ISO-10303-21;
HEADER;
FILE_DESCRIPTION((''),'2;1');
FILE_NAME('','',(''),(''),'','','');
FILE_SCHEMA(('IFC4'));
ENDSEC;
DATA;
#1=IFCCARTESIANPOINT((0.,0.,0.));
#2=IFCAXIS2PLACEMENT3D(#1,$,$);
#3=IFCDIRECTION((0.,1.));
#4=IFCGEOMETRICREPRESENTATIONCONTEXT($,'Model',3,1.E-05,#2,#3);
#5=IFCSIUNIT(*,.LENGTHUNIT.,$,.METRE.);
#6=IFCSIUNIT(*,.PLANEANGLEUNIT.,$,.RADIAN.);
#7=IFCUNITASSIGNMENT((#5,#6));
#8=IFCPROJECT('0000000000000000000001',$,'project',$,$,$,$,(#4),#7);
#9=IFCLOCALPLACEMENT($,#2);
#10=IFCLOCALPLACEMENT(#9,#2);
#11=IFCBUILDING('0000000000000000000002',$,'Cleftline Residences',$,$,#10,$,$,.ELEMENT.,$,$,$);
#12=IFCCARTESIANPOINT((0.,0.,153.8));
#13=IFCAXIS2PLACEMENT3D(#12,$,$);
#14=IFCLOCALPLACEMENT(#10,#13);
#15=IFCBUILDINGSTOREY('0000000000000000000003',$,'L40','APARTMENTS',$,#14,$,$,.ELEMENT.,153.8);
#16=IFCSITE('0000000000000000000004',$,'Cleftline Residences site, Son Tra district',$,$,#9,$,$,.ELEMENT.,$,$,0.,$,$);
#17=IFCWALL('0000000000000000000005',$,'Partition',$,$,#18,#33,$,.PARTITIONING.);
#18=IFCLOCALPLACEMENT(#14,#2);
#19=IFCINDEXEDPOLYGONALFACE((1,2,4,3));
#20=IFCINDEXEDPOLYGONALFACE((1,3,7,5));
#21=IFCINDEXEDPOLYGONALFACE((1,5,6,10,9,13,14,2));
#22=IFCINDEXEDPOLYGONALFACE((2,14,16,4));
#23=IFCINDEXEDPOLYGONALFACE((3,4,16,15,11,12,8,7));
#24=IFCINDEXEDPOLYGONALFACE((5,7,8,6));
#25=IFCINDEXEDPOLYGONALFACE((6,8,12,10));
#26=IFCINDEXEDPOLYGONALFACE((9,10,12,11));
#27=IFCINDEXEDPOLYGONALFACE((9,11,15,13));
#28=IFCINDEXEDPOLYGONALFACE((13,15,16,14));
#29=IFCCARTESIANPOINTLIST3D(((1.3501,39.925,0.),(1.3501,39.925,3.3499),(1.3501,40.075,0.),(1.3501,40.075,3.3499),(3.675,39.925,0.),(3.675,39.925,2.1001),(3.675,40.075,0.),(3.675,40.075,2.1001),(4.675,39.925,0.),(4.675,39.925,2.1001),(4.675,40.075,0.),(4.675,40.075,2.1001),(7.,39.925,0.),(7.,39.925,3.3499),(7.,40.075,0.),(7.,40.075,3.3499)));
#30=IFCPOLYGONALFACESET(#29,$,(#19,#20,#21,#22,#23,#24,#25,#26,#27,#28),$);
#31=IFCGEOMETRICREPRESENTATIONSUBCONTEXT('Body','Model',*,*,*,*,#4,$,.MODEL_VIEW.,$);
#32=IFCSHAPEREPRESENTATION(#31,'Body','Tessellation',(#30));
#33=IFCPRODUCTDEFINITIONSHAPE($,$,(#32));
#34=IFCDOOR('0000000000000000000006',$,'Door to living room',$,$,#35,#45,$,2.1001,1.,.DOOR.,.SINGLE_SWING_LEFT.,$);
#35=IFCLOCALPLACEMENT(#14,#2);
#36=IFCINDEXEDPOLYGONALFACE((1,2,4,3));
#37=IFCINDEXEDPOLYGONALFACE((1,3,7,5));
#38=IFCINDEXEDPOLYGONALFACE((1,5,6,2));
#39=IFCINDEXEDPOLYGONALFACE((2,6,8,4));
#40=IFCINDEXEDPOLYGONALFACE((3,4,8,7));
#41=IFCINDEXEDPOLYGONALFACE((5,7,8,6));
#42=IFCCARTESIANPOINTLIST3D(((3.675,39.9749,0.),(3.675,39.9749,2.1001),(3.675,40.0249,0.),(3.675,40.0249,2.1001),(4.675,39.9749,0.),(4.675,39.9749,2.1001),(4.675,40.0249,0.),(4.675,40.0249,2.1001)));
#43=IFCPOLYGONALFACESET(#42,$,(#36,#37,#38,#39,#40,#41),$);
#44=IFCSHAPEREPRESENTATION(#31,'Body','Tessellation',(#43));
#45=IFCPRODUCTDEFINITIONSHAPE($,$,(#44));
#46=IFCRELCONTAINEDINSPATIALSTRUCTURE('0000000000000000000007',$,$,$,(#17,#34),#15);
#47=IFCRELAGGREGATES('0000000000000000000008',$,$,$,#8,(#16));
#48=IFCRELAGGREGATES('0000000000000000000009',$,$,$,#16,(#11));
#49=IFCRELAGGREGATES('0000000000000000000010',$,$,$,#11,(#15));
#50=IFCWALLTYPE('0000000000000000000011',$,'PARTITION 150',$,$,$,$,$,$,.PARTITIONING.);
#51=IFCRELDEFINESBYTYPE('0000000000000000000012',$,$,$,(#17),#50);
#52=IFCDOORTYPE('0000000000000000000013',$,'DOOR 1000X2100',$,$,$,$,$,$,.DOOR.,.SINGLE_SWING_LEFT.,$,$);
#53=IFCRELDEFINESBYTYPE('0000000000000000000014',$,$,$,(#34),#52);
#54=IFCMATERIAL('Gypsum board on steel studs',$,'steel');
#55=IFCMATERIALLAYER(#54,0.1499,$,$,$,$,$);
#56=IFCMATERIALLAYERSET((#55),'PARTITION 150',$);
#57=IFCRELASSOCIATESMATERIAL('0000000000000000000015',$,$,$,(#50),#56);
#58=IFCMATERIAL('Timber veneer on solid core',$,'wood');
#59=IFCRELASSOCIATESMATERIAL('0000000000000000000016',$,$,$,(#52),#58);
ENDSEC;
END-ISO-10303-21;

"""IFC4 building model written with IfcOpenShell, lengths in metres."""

from ifc_helpers import new_model, si_unit, direction, frame, frame_2d, origin, place, context, subcontext, project, spatial, rectangle, extrude, material, layer, layer_set, type_object, element, fill, save


model = new_model("IFC4")

# Units and contexts
model_context = context("Model", 3, precision=1e-05, world=origin(), true_north=direction((0.0, 1.0)))
body_context = subcontext(model_context, "Body", "Model", "MODEL_VIEW")
ifc_project = project(units=[si_unit("LENGTHUNIT", "METRE"), si_unit("PLANEANGLEUNIT", "RADIAN")], contexts=[model_context])

# Site, building, storey
site_placement = place(None, origin())
site = spatial("IfcSite", under=ifc_project, at=site_placement, Name="Cleftline Residences site, Son Tra district", CompositionType="ELEMENT", RefElevation=0.0)
building_placement = place(site_placement, origin())
building = spatial("IfcBuilding", under=site, at=building_placement, Name="Cleftline Residences", CompositionType="ELEMENT")
storey_placement = place(building_placement, frame((0.0, 0.0, 153.8)))
storey = spatial("IfcBuildingStorey", under=building, at=storey_placement, Name="L40", Description="APARTMENTS", CompositionType="ELEMENT", Elevation=153.8)

# Wall, opening, door
ifc_material_1 = material(Name="Gypsum board on steel studs", Category="steel")
ifc_layer_1 = layer(ifc_material_1, 0.1499)
ifc_layer_set_1 = layer_set([ifc_layer_1], Name="PARTITION 150")
wall_type_1 = type_object("IfcWallType", Name="PARTITION 150", PredefinedType="PARTITIONING", material=ifc_layer_set_1)
wall_1_placement = place(storey_placement, frame((1.3501, 40.0, 0.0), z_axis=(0.0, 0.0, 1.0), x_axis=(1.0, 0.0, 0.0)))
wall_1 = element("IfcWall", 1, at=wall_1_placement, inside=storey, type_object=wall_type_1, Name="Partition", PredefinedType="PARTITIONING", context=body_context, shape_type="SweptSolid", body=[
    extrude(rectangle(XDim=5.6499, YDim=0.1499, at=frame_2d((2.825, 0.0))), origin(), (0.0, 0.0, 1.0), 3.3499),
])
opening_1_placement = place(wall_1_placement, frame((2.325, 0.0, 0.0)))
opening_1 = element("IfcOpeningElement", 2, at=opening_1_placement, cuts=wall_1, PredefinedType="OPENING", context=body_context, shape_type="SweptSolid", body=[
    extrude(rectangle(XDim=1.0, YDim=2.1001, at=frame_2d((0.5, 1.05))), frame((0.0, 0.085, 0.0), z_axis=(0.0, -1.0, 0.0), x_axis=(1.0, 0.0, 0.0)), (0.0, 0.0, 1.0), 0.1699),
])
ifc_material_2 = material(Name="Timber veneer on solid core", Category="wood")
door_type = type_object("IfcDoorType", Name="DOOR 1000X2100", OperationType="SINGLE_SWING_LEFT", PredefinedType="DOOR", material=ifc_material_2)
door_placement = place(opening_1_placement, origin())
door = element("IfcDoor", 3, at=door_placement, inside=storey, type_object=door_type, Name="Door to living room", OperationType="SINGLE_SWING_LEFT", OverallHeight=2.1001, OverallWidth=1.0, PredefinedType="DOOR", context=body_context, shape_type="SweptSolid", body=[
    extrude(rectangle(XDim=1.0, YDim=2.1001, at=frame_2d((0.5, 1.05))), frame((0.0, 0.0249, 0.0), z_axis=(0.0, -1.0, 0.0), x_axis=(1.0, 0.0, 0.0)), (0.0, 0.0, 1.0), 0.05),
])
fill(opening_1, door)

save(model, "model.ifc")
